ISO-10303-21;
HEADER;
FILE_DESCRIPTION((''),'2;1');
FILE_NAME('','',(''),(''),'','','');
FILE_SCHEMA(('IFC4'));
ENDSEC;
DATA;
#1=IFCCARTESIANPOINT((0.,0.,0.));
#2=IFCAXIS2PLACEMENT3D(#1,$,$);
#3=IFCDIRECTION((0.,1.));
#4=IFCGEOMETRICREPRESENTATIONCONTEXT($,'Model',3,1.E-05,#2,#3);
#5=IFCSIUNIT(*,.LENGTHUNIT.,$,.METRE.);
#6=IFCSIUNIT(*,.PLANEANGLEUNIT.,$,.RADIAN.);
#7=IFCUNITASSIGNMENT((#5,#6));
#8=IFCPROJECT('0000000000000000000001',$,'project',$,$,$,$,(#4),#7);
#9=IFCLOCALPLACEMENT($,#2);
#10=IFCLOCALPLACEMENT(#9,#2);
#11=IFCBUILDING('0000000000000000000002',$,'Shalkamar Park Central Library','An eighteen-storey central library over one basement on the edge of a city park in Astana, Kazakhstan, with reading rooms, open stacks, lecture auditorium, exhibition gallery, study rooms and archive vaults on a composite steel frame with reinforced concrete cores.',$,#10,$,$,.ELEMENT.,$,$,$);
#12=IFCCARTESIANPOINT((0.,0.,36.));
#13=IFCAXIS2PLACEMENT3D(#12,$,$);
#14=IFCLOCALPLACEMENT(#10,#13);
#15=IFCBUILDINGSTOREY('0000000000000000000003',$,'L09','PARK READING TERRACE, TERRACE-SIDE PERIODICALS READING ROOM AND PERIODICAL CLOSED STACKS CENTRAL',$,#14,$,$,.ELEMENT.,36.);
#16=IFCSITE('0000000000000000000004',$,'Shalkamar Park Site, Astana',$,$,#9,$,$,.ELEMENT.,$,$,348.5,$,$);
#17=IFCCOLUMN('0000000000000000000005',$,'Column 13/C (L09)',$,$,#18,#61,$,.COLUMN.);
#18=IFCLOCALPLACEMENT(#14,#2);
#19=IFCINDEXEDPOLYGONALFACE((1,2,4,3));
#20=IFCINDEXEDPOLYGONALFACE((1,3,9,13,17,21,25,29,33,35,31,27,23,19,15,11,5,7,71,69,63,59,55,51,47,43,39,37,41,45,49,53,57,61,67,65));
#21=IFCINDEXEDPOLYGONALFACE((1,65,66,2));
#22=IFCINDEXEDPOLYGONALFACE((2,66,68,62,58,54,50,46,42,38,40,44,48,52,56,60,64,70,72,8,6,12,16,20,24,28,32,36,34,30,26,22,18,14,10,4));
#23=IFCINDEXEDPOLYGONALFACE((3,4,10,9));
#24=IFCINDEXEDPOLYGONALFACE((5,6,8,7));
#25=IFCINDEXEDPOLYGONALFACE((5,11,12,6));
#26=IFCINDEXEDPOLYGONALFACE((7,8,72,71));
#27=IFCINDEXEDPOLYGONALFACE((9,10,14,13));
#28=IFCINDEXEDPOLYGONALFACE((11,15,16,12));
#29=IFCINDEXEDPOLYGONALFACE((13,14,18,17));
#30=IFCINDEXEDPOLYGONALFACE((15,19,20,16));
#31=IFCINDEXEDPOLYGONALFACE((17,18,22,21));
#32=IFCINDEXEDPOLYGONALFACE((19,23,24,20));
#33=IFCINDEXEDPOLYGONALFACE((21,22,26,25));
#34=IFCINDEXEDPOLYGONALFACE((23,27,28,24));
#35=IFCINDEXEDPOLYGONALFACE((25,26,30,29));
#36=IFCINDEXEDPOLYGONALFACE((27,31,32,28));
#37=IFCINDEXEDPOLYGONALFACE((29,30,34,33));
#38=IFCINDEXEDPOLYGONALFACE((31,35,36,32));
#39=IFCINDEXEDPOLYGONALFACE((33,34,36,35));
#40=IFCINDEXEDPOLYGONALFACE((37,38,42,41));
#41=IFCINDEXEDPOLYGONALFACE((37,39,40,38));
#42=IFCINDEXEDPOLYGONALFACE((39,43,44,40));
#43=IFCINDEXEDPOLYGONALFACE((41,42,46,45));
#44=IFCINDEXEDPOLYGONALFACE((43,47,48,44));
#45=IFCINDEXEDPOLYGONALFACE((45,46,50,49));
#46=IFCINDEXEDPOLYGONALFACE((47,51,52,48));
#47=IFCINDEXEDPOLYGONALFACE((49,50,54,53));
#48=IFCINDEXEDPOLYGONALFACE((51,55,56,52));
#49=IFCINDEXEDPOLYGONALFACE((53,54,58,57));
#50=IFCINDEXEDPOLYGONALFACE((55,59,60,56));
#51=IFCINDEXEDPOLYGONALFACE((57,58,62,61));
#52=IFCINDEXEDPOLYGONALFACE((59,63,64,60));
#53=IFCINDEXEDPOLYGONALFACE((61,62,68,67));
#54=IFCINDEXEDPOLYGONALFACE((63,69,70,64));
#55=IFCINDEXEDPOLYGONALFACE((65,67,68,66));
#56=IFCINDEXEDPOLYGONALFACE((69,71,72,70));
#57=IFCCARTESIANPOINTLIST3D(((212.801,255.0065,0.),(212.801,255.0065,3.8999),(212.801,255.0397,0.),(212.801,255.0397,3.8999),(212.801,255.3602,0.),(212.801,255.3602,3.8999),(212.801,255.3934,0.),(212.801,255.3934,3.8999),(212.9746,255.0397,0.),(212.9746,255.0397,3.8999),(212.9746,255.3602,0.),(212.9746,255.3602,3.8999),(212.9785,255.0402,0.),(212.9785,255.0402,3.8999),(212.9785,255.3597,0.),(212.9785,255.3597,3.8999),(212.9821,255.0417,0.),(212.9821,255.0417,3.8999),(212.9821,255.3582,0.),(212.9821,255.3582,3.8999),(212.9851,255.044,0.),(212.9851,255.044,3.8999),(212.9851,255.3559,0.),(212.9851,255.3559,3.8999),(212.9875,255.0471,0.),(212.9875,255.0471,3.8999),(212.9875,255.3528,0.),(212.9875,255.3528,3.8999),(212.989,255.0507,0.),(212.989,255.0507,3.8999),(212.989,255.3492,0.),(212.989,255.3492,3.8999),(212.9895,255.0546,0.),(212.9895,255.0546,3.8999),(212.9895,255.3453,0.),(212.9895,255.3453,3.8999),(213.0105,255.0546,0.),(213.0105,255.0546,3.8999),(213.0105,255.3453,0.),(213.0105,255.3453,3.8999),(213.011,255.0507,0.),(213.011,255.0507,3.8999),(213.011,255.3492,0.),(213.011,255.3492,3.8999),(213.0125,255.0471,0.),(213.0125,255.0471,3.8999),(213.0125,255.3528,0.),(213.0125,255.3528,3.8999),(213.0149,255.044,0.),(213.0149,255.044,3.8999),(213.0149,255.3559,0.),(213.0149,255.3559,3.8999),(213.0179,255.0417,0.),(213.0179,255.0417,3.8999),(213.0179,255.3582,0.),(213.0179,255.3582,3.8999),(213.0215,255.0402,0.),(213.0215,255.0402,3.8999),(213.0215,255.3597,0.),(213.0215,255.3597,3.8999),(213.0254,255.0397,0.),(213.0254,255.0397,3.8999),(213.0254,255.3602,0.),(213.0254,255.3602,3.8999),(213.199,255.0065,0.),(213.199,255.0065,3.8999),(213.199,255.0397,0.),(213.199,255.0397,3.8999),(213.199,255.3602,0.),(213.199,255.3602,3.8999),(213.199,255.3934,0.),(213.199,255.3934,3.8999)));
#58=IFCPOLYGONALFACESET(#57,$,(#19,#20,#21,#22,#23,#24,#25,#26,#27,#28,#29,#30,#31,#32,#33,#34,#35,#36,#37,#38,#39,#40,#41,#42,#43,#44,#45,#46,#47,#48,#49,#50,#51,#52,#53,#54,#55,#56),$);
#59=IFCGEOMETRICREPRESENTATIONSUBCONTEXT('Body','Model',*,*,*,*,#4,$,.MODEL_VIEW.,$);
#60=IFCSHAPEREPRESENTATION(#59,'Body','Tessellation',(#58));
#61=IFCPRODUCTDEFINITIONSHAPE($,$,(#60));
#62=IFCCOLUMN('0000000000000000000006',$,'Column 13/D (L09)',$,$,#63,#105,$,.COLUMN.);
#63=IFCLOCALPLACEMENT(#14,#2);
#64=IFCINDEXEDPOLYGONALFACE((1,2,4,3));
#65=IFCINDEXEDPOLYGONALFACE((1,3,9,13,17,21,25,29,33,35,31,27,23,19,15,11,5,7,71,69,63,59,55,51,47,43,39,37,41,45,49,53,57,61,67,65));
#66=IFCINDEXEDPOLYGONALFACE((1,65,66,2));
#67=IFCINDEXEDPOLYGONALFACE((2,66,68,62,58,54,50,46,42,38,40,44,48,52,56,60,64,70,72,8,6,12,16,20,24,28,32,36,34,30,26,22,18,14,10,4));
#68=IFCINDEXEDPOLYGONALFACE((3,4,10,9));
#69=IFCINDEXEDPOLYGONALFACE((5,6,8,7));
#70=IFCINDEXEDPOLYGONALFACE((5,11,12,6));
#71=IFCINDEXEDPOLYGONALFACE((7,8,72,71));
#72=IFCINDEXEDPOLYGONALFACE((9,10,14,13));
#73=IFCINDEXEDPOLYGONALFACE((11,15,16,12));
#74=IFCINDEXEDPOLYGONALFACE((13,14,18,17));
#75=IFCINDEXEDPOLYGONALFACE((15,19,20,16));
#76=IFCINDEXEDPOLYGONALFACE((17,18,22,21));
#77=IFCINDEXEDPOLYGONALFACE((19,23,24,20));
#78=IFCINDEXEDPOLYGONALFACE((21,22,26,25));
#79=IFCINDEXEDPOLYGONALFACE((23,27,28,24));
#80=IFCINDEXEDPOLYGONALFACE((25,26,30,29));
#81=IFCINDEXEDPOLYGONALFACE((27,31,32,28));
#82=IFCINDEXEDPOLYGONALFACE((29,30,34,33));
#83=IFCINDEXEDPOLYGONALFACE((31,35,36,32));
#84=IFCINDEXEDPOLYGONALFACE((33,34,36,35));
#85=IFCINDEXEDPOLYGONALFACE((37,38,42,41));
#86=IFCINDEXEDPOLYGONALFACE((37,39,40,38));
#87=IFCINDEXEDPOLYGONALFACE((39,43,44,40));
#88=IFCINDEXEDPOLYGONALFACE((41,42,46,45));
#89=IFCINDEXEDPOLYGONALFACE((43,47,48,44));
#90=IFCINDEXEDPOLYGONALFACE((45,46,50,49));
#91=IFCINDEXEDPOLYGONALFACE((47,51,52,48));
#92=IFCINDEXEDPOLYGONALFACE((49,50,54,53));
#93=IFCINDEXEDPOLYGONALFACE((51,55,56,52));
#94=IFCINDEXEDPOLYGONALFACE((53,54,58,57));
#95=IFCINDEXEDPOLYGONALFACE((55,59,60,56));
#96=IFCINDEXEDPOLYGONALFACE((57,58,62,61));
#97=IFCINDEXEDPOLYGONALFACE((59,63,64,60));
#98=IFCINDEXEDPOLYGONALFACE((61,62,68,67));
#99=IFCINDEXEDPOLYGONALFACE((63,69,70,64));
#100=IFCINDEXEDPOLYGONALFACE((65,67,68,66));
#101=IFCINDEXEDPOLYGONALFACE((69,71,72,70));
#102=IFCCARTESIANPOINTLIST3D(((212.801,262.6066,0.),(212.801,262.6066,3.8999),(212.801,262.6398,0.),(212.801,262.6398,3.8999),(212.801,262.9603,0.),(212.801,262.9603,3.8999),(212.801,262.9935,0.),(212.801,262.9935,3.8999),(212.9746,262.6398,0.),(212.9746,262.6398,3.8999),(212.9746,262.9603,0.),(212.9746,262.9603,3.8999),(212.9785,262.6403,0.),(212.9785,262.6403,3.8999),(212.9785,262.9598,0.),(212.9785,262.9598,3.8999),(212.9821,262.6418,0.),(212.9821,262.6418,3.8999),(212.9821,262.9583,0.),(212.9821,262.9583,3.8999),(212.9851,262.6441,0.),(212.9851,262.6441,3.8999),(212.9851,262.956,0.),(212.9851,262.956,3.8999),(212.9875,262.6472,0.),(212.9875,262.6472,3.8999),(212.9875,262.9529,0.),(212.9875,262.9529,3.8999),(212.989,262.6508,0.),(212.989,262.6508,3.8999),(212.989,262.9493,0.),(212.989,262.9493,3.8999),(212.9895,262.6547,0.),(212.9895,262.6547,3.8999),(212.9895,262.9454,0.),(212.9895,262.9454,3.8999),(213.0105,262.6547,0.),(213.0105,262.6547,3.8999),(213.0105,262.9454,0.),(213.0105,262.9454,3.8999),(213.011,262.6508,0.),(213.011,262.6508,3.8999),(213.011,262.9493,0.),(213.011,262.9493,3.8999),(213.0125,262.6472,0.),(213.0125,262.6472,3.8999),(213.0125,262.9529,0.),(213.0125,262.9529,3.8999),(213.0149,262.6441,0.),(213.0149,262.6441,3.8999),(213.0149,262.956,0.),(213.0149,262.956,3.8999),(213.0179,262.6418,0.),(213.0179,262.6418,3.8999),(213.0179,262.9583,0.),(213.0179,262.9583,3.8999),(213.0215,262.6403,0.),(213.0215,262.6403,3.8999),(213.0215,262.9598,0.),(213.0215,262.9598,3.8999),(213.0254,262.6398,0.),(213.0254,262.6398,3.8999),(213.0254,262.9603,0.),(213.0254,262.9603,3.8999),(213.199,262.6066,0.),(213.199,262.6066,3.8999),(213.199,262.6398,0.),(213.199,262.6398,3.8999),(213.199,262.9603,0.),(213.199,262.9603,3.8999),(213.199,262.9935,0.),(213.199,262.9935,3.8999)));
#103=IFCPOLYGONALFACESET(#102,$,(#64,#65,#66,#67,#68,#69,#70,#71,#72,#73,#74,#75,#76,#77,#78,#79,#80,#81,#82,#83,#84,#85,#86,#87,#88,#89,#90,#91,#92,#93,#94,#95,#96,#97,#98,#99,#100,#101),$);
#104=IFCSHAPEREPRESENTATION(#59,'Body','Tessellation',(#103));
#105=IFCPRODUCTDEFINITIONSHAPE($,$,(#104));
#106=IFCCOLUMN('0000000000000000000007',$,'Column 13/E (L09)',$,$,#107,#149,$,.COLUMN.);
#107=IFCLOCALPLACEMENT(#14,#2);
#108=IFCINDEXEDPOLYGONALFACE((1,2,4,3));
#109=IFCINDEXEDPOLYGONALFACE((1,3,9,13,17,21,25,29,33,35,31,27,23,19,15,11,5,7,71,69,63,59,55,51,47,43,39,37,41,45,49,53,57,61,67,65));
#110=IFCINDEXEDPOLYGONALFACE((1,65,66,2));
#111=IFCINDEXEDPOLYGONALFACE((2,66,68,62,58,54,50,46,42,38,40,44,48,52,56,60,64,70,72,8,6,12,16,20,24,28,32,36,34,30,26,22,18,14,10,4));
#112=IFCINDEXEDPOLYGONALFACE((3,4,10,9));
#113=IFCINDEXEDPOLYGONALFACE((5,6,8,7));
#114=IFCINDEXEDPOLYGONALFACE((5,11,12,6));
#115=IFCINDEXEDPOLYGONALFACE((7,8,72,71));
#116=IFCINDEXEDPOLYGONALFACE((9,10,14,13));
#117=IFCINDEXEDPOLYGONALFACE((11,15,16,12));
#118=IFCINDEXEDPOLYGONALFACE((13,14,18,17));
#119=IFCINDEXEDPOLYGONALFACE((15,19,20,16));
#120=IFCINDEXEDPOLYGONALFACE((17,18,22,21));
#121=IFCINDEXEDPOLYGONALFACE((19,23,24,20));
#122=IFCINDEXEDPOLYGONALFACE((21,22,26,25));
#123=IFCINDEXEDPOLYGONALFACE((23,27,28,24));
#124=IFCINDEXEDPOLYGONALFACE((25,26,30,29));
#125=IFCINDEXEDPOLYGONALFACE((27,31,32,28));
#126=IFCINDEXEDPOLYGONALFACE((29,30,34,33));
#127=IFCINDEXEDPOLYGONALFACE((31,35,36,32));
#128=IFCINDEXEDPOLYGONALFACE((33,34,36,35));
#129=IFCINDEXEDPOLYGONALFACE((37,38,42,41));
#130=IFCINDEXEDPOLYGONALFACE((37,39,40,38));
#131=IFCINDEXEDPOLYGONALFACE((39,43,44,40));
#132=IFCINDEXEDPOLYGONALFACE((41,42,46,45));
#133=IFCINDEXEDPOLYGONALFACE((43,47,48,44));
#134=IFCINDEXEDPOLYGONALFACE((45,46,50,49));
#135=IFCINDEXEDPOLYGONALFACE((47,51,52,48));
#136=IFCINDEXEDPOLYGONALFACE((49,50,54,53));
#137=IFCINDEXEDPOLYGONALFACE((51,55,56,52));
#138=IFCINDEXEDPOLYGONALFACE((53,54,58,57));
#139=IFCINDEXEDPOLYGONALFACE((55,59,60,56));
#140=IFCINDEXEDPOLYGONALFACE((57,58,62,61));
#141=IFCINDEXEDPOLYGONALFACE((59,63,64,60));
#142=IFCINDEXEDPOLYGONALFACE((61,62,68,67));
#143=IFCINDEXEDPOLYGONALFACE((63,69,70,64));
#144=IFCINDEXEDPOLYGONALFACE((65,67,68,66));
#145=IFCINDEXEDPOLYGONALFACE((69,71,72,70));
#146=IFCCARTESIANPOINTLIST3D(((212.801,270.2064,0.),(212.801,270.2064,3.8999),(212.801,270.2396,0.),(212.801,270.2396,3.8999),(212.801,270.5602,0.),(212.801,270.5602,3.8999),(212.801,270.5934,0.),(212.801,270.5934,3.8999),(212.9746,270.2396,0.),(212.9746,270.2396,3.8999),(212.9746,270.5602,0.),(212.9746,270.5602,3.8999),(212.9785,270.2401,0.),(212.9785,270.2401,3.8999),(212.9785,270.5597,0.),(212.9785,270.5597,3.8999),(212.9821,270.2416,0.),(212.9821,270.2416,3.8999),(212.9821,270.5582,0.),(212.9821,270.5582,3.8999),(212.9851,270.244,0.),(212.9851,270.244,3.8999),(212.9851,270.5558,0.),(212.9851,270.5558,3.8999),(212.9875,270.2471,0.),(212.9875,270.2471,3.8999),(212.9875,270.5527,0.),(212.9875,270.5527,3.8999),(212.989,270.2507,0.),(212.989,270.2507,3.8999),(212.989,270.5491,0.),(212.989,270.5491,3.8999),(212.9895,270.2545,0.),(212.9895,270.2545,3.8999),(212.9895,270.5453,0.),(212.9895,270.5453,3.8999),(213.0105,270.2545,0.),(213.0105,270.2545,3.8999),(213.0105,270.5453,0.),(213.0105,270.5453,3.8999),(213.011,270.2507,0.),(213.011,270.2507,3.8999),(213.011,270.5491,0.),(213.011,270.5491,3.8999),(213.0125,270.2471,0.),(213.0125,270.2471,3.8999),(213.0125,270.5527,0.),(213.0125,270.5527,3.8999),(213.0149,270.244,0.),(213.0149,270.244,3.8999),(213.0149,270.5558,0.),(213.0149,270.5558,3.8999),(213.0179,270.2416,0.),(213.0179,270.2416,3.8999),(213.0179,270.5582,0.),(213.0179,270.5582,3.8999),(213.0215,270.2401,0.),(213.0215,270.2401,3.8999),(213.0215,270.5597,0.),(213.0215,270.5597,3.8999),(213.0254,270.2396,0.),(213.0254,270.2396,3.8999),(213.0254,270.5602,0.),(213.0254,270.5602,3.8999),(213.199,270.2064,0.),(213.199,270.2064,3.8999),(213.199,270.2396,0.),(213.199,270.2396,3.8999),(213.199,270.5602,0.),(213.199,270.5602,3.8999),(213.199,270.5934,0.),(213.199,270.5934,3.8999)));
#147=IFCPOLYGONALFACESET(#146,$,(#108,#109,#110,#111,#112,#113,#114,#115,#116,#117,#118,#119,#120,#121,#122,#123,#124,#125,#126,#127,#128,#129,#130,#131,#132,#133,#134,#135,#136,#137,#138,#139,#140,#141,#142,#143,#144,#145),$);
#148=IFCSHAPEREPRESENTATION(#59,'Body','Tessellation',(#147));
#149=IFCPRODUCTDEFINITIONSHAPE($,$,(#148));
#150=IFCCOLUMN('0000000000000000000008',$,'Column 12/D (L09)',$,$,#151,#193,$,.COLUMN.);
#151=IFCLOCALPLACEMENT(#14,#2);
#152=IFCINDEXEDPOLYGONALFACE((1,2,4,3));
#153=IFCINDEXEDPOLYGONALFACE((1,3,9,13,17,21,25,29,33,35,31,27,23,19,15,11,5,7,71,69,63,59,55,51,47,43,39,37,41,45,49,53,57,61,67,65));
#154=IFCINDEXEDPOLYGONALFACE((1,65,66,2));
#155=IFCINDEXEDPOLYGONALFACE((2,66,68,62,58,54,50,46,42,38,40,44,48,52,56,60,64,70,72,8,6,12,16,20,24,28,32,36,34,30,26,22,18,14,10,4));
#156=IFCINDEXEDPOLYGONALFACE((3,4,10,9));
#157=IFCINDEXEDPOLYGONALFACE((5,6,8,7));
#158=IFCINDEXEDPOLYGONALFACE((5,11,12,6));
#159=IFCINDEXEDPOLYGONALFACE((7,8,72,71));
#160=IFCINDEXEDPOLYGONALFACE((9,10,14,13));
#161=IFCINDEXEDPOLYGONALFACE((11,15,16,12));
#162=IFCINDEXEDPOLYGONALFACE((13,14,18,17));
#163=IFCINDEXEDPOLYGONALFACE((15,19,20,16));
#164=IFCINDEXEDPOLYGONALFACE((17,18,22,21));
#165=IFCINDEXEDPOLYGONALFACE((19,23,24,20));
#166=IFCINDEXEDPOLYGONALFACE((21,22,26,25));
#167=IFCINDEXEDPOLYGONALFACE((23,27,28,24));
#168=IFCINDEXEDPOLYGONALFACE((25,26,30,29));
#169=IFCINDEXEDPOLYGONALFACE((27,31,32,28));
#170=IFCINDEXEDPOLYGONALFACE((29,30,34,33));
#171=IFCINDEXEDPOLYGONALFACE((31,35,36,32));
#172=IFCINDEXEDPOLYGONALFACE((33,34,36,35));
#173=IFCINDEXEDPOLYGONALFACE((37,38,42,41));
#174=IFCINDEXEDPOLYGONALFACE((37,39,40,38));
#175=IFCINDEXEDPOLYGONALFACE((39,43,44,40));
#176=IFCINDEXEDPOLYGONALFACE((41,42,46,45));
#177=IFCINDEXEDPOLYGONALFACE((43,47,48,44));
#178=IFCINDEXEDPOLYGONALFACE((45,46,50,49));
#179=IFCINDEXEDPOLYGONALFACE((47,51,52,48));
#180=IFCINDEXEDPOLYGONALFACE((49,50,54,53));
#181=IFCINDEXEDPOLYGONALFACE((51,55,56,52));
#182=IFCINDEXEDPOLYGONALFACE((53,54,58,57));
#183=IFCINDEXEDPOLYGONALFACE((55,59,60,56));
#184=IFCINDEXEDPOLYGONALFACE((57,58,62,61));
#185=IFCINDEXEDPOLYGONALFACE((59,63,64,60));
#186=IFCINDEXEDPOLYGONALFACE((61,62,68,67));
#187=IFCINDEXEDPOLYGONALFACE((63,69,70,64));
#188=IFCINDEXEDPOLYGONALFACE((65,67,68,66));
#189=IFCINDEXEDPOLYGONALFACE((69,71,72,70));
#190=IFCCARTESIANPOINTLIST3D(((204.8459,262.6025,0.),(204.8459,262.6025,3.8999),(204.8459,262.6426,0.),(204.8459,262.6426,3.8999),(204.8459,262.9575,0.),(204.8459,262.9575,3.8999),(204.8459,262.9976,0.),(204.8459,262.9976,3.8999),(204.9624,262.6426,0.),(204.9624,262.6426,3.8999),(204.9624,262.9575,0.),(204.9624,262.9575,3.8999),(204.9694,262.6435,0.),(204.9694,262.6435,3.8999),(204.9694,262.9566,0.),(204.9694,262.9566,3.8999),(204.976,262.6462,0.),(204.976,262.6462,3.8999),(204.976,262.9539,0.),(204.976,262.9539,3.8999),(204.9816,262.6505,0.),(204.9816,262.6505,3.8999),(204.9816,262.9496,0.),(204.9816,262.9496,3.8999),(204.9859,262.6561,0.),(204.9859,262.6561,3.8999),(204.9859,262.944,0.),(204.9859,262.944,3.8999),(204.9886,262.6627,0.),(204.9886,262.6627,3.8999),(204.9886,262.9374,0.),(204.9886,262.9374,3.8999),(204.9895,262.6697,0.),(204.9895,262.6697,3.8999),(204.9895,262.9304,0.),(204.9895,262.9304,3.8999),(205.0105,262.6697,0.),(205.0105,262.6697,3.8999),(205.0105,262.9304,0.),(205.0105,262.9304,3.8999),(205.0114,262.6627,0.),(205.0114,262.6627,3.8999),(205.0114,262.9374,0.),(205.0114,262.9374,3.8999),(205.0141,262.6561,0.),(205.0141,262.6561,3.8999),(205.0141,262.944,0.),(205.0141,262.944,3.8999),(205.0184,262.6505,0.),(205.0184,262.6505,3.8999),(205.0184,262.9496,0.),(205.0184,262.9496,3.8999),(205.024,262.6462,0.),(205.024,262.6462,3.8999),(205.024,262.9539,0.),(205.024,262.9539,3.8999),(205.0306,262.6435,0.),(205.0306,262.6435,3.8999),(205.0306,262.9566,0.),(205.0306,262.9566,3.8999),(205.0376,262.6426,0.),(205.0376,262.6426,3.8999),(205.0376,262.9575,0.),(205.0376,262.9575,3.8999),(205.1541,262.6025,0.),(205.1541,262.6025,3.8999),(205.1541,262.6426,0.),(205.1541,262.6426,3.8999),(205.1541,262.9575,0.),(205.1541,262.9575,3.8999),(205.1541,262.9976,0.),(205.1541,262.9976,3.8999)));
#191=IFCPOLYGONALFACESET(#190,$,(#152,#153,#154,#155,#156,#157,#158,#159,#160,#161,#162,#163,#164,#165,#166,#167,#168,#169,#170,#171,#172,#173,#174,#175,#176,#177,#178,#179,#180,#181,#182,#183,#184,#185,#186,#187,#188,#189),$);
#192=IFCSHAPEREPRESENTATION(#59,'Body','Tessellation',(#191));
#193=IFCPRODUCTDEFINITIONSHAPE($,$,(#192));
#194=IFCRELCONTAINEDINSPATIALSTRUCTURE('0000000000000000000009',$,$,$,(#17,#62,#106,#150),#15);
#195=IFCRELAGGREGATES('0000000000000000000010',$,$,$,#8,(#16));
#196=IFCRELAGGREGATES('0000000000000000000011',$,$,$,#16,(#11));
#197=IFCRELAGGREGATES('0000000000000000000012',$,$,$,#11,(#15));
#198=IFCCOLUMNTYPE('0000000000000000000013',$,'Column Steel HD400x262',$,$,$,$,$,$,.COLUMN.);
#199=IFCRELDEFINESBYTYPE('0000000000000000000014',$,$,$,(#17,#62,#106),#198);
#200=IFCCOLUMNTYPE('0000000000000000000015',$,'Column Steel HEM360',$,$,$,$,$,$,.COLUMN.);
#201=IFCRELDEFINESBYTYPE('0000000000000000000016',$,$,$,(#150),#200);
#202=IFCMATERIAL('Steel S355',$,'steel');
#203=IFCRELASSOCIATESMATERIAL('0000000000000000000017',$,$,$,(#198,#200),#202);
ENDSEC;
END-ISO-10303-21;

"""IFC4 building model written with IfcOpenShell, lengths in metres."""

from ifc_helpers import new_model, si_unit, direction, frame, origin, origin_2d, place, context, subcontext, project, spatial, i_section, extrude, material, material_profile, profile_set, type_object, element, save


model = new_model("IFC4")

# Units and contexts
model_context = context("Model", 3, precision=1e-05, world=origin(), true_north=direction((0.0, 1.0)))
body_context = subcontext(model_context, "Body", "Model", "MODEL_VIEW")
ifc_project = project(units=[si_unit("LENGTHUNIT", "METRE"), si_unit("PLANEANGLEUNIT", "RADIAN")], contexts=[model_context])

# Site, building, storey
site_placement = place(None, origin())
site = spatial("IfcSite", under=ifc_project, at=site_placement, Name="Shalkamar Park Site, Astana", CompositionType="ELEMENT", RefElevation=348.5)
building_placement = place(site_placement, origin())
building = spatial("IfcBuilding", under=site, at=building_placement, Name="Shalkamar Park Central Library", Description="An eighteen-storey central library over one basement on the edge of a city park in Astana, Kazakhstan, with reading rooms, open stacks, lecture auditorium, exhibition gallery, study rooms and archive vaults on a composite steel frame with reinforced concrete cores.", CompositionType="ELEMENT")
storey_placement = place(building_placement, frame((0.0, 0.0, 36.0)))
storey = spatial("IfcBuildingStorey", under=building, at=storey_placement, Name="L09", Description="PARK READING TERRACE, TERRACE-SIDE PERIODICALS READING ROOM AND PERIODICAL CLOSED STACKS CENTRAL", CompositionType="ELEMENT", Elevation=36.0)

# Columns
ifc_material_1 = material(Name="Steel S355", Category="steel")
ifc_material_profile_1 = material_profile(ifc_material_1, i_section(OverallWidth=0.3979, OverallDepth=0.387, WebThickness=0.021, FlangeThickness=0.0332, FilletRadius=0.0149, at=origin_2d()), Name="HD 400x262")
ifc_profile_set_1 = profile_set([ifc_material_profile_1], Name="Steel S355")
column_type_1 = type_object("IfcColumnType", Name="Column Steel HD400x262", PredefinedType="COLUMN", material=ifc_profile_set_1)
for number, where, z_axis, x_axis, name in (
    (1, (213.0, 255.2, 0.0), (0.0, 0.0, 1.0), (1.0, 0.0, 0.0), "Column 13/C (L09)"),
    (2, (213.0, 262.8, 0.0), (0.0, 0.0, 1.0), (1.0, 0.0, 0.0), "Column 13/D (L09)"),
    (3, (213.0, 270.3999, 0.0), (0.0, 0.0, 1.0), (1.0, 0.0, 0.0), "Column 13/E (L09)"),
):
    element("IfcColumn", number, at=place(storey_placement, frame(where, z_axis=z_axis, x_axis=x_axis)), inside=storey, type_object=column_type_1, Name=name, PredefinedType="COLUMN", context=body_context, shape_type="SweptSolid", body=[
        extrude(i_section(OverallWidth=0.3979, OverallDepth=0.387, WebThickness=0.021, FlangeThickness=0.0332, FilletRadius=0.0149, at=origin_2d()), origin(), (0.0, 0.0, 1.0), 3.8999),
    ])
ifc_material_profile_2 = material_profile(ifc_material_1, i_section(OverallWidth=0.3081, OverallDepth=0.395, WebThickness=0.021, FlangeThickness=0.04, FilletRadius=0.0271, at=origin_2d()), Name="HEM 360")
ifc_profile_set_2 = profile_set([ifc_material_profile_2], Name="Steel S355")
column_type_2 = type_object("IfcColumnType", Name="Column Steel HEM360", PredefinedType="COLUMN", material=ifc_profile_set_2)
for number, where, z_axis, x_axis, name in (
    (4, (205.0, 262.8, 0.0), (0.0, 0.0, 1.0), (1.0, 0.0, 0.0), "Column 12/D (L09)"),
):
    element("IfcColumn", number, at=place(storey_placement, frame(where, z_axis=z_axis, x_axis=x_axis)), inside=storey, type_object=column_type_2, Name=name, PredefinedType="COLUMN", context=body_context, shape_type="SweptSolid", body=[
        extrude(i_section(OverallWidth=0.3081, OverallDepth=0.395, WebThickness=0.021, FlangeThickness=0.04, FilletRadius=0.0271, at=origin_2d()), origin(), (0.0, 0.0, 1.0), 3.8999),
    ])

save(model, "model.ifc")
